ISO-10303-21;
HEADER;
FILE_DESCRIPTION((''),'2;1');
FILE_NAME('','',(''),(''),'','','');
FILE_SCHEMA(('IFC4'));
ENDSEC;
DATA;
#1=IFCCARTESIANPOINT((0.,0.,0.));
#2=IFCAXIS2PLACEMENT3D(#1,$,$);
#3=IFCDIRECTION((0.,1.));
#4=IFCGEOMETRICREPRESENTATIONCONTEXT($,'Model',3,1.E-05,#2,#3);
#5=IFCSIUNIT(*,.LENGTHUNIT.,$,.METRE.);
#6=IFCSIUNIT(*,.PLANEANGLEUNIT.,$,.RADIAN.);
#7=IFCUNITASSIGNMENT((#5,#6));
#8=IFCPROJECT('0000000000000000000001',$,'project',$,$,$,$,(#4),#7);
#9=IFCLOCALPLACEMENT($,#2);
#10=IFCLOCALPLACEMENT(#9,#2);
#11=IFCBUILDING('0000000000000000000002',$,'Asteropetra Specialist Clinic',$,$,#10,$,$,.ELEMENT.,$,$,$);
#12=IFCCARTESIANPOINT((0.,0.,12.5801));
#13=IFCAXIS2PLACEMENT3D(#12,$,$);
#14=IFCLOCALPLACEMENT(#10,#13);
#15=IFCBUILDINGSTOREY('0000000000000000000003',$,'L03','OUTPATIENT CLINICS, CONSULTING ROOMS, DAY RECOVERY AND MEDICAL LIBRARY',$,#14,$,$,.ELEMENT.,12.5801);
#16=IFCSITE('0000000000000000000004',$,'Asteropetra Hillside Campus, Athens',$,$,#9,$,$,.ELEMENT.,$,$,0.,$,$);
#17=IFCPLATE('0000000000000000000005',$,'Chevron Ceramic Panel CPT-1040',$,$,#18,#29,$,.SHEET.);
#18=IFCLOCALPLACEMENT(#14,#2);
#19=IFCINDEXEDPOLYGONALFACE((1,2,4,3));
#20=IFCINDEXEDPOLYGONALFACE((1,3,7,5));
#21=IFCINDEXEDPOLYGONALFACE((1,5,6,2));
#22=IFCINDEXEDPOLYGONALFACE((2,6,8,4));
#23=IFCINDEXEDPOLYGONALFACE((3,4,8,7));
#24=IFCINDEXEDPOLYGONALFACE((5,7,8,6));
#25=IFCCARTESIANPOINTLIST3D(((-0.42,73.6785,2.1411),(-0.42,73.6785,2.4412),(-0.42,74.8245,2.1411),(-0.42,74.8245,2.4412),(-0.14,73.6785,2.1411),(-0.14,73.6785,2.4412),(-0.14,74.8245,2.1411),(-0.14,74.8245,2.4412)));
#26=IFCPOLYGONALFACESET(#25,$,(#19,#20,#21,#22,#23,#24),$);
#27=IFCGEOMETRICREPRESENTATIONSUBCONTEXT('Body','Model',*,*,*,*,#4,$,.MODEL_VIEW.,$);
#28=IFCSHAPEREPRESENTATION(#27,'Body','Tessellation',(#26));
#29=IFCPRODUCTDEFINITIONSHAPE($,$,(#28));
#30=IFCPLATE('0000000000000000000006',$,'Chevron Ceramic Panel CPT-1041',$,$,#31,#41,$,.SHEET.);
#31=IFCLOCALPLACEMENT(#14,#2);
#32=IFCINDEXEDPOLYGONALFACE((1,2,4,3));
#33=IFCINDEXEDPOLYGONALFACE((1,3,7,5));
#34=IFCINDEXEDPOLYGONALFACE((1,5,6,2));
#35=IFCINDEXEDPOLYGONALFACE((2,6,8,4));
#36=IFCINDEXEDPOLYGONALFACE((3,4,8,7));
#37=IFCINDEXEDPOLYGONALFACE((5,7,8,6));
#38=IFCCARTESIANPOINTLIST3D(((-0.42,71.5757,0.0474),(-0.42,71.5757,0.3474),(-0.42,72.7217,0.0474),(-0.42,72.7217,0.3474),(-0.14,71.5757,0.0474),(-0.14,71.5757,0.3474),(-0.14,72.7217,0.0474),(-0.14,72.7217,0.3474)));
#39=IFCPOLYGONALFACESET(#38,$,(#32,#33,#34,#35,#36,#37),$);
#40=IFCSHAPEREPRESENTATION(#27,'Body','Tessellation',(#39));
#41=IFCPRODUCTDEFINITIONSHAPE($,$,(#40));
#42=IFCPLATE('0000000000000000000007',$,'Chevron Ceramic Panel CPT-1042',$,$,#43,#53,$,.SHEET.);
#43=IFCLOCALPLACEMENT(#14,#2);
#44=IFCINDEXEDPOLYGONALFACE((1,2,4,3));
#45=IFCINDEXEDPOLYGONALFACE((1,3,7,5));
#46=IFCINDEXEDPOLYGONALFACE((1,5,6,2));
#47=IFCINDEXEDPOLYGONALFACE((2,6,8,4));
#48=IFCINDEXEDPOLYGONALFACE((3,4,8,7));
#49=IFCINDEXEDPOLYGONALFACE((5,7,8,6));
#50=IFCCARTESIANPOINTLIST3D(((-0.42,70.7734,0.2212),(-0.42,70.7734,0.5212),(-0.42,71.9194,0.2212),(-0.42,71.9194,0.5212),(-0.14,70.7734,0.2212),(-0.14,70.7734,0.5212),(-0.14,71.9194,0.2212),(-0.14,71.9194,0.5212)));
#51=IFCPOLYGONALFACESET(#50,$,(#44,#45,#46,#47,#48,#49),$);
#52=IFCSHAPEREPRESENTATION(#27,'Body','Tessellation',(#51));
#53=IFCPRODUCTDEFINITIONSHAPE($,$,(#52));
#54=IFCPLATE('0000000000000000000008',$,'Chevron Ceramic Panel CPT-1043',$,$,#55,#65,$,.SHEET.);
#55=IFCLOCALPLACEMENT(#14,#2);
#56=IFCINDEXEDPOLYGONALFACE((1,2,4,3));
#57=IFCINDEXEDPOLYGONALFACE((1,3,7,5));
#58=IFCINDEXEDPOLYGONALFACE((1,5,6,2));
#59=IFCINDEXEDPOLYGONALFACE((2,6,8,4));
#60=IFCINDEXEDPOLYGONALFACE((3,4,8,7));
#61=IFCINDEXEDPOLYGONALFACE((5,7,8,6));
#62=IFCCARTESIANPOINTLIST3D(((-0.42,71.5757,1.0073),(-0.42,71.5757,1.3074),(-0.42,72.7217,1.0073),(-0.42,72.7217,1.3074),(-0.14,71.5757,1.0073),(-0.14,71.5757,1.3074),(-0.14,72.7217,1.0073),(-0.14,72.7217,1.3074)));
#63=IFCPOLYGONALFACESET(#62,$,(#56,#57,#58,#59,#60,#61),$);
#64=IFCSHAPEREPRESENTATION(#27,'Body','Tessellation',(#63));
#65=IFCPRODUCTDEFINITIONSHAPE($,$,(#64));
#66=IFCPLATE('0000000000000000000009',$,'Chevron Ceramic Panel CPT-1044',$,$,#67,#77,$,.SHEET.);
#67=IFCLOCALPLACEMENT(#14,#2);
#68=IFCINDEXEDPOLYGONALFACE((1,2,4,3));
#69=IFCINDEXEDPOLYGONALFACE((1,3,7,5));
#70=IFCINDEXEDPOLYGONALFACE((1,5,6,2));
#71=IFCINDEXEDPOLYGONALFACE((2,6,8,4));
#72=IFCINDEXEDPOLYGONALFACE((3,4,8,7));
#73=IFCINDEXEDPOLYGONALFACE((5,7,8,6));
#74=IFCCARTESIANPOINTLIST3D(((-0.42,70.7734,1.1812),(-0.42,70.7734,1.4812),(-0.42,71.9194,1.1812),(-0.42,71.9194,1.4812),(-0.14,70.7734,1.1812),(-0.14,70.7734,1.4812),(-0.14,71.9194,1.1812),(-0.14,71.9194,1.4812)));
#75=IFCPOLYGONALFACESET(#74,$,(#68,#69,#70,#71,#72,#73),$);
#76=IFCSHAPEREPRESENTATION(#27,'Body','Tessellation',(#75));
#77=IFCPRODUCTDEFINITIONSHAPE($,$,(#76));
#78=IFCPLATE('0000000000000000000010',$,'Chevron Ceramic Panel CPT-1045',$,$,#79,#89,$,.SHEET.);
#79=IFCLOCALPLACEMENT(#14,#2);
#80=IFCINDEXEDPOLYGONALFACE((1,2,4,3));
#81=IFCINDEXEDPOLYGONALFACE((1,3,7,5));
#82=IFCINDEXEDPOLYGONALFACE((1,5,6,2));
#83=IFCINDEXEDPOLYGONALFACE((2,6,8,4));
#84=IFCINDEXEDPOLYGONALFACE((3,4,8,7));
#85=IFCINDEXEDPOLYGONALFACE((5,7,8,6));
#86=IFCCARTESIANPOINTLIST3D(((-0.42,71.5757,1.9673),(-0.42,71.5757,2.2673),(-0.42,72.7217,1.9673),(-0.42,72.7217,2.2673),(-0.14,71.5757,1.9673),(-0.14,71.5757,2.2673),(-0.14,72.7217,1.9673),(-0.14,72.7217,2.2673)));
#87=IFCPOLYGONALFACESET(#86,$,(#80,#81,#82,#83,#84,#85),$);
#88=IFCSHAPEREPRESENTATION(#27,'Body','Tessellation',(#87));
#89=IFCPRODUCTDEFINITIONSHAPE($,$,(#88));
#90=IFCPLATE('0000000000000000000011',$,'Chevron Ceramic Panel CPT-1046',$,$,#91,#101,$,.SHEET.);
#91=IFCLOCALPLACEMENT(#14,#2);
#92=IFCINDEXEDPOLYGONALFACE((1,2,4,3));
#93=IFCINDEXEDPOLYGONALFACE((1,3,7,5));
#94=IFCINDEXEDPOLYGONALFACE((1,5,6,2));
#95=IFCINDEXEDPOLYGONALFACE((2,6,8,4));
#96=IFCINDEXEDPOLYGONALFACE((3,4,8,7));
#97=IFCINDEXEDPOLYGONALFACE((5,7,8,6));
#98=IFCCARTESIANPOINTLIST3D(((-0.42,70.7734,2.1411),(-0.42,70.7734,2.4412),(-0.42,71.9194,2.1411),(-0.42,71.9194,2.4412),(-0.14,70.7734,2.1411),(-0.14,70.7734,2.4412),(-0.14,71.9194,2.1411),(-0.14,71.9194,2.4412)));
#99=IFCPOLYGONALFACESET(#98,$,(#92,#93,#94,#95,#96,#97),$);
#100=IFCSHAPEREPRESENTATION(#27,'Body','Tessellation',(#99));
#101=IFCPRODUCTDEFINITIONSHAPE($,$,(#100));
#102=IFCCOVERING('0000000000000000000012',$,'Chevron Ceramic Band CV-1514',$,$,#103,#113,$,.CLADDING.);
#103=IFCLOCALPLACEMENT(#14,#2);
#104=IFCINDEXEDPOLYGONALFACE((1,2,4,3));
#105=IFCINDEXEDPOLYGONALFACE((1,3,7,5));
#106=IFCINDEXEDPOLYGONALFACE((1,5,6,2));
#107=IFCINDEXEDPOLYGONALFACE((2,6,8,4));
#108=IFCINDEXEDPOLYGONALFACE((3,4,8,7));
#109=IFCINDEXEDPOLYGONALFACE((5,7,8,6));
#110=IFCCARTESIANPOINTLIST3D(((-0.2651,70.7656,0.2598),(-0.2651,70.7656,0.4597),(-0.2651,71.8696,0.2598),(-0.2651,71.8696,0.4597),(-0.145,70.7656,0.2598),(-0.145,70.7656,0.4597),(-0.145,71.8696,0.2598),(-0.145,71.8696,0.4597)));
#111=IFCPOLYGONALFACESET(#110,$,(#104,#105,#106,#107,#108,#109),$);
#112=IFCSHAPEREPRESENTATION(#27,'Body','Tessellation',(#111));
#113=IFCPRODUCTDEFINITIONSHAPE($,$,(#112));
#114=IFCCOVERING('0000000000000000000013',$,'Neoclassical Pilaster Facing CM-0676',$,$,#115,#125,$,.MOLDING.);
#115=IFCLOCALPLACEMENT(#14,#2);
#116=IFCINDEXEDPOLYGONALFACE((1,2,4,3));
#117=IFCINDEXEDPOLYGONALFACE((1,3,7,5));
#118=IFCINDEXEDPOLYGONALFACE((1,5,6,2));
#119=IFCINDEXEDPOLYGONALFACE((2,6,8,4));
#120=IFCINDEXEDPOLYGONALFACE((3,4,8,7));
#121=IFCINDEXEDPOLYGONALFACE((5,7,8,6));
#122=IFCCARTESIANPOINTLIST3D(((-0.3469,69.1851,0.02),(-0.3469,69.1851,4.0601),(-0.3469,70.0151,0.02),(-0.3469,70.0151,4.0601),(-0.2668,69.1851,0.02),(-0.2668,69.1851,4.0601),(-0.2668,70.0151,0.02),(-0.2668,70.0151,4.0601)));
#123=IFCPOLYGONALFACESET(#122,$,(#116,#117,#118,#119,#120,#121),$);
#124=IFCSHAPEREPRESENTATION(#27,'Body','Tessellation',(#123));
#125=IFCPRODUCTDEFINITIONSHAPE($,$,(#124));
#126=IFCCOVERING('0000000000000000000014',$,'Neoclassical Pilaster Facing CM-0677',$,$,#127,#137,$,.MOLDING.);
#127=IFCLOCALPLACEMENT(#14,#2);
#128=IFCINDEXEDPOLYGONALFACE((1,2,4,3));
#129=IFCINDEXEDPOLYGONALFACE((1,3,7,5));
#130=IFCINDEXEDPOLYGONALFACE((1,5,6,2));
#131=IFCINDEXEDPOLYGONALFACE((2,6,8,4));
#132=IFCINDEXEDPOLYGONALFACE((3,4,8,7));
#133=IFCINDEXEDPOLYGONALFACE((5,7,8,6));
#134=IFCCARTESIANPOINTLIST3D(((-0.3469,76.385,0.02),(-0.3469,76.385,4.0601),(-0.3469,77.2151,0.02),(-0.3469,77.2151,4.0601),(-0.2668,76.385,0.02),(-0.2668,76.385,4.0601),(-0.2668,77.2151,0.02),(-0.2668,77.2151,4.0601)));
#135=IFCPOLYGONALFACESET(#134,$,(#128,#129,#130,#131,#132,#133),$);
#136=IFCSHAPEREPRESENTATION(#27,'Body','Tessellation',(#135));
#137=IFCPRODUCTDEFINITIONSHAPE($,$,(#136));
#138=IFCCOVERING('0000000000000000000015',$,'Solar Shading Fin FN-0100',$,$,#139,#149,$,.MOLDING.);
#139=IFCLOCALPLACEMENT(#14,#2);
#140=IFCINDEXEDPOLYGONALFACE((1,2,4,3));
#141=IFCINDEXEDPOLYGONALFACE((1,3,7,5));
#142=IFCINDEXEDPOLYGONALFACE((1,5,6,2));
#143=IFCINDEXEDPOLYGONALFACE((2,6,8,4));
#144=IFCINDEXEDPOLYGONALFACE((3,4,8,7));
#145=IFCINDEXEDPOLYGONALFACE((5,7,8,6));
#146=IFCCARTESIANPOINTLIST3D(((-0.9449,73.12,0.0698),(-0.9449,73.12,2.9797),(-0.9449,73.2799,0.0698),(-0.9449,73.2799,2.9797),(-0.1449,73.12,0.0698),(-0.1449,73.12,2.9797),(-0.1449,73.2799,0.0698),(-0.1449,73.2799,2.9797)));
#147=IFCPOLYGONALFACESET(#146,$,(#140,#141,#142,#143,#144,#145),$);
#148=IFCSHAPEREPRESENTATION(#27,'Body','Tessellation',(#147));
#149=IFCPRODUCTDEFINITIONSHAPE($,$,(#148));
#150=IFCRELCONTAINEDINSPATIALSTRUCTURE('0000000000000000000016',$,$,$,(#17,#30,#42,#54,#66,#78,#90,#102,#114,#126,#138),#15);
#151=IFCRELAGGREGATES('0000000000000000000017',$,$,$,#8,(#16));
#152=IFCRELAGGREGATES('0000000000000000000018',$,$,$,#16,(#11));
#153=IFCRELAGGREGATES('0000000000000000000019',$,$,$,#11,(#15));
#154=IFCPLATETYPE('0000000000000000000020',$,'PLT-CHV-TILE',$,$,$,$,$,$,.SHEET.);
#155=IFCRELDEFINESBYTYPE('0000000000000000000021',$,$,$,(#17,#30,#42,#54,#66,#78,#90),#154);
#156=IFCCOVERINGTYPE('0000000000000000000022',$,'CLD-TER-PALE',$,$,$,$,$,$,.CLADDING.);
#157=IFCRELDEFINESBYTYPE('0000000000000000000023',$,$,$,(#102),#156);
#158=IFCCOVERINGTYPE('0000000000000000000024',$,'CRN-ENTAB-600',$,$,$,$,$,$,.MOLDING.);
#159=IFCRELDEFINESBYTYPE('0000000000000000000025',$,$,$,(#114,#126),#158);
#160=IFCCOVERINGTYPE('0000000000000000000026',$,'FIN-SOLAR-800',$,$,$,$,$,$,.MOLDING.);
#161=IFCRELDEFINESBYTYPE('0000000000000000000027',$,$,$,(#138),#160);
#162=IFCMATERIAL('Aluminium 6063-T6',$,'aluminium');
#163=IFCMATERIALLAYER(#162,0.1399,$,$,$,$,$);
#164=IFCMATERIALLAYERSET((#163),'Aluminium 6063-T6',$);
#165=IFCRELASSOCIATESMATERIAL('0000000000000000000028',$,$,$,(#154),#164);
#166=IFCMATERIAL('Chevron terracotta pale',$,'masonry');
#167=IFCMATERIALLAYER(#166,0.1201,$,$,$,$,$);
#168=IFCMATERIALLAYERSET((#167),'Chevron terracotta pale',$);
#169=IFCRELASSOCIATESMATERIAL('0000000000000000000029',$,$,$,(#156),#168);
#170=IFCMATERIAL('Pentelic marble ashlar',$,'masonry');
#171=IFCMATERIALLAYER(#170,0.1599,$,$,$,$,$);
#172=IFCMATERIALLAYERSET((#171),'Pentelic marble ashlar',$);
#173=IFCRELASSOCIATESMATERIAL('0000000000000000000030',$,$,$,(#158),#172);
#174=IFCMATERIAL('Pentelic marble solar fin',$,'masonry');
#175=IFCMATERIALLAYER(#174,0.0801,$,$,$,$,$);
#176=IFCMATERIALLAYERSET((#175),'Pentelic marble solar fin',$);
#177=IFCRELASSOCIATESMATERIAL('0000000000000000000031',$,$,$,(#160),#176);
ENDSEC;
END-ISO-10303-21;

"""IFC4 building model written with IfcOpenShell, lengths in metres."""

from ifc_helpers import new_model, si_unit, direction, frame, origin, origin_2d, place, context, subcontext, project, spatial, rectangle, extrude, material, layer, layer_set, type_object, element, save


model = new_model("IFC4")

# Units and contexts
model_context = context("Model", 3, precision=1e-05, world=origin(), true_north=direction((0.0, 1.0)))
body_context = subcontext(model_context, "Body", "Model", "MODEL_VIEW")
ifc_project = project(units=[si_unit("LENGTHUNIT", "METRE"), si_unit("PLANEANGLEUNIT", "RADIAN")], contexts=[model_context])

# Site, building, storey
site_placement = place(None, origin())
site = spatial("IfcSite", under=ifc_project, at=site_placement, Name="Asteropetra Hillside Campus, Athens", CompositionType="ELEMENT", RefElevation=0.0)
building_placement = place(site_placement, origin())
building = spatial("IfcBuilding", under=site, at=building_placement, Name="Asteropetra Specialist Clinic", CompositionType="ELEMENT")
storey_placement = place(building_placement, frame((0.0, 0.0, 12.5801)))
storey = spatial("IfcBuildingStorey", under=building, at=storey_placement, Name="L03", Description="OUTPATIENT CLINICS, CONSULTING ROOMS, DAY RECOVERY AND MEDICAL LIBRARY", CompositionType="ELEMENT", Elevation=12.5801)

# Plates
ifc_material_1 = material(Name="Aluminium 6063-T6", Category="aluminium")
ifc_layer_1 = layer(ifc_material_1, 0.1399)
ifc_layer_set_1 = layer_set([ifc_layer_1], Name="Aluminium 6063-T6")
plate_type_1 = type_object("IfcPlateType", Name="PLT-CHV-TILE", PredefinedType="SHEET", material=ifc_layer_set_1)
for number, where, z_axis, x_axis, name in (
    (1, (-0.28, 74.2515, 2.1411), (0.0, 0.0, 1.0), (1.0, 0.0, 0.0), "Chevron Ceramic Panel CPT-1040"),
    (2, (-0.28, 72.1487, 0.0474), (0.0, 0.0, 1.0), (1.0, 0.0, 0.0), "Chevron Ceramic Panel CPT-1041"),
    (3, (-0.28, 71.3464, 0.2212), (0.0, 0.0, 1.0), (1.0, 0.0, 0.0), "Chevron Ceramic Panel CPT-1042"),
    (4, (-0.28, 72.1487, 1.0073), (0.0, 0.0, 1.0), (1.0, 0.0, 0.0), "Chevron Ceramic Panel CPT-1043"),
    (5, (-0.28, 71.3464, 1.1812), (0.0, 0.0, 1.0), (1.0, 0.0, 0.0), "Chevron Ceramic Panel CPT-1044"),
    (6, (-0.28, 72.1487, 1.9673), (0.0, 0.0, 1.0), (1.0, 0.0, 0.0), "Chevron Ceramic Panel CPT-1045"),
    (7, (-0.28, 71.3464, 2.1411), (0.0, 0.0, 1.0), (1.0, 0.0, 0.0), "Chevron Ceramic Panel CPT-1046"),
):
    element("IfcPlate", number, at=place(storey_placement, frame(where, z_axis=z_axis, x_axis=x_axis)), inside=storey, type_object=plate_type_1, Name=name, PredefinedType="SHEET", context=body_context, shape_type="SweptSolid", body=[
        extrude(rectangle(XDim=0.28, YDim=1.146, at=origin_2d()), origin(), (0.0, 0.0, 1.0), 0.3),
    ])

# Coverings
ifc_material_2 = material(Name="Chevron terracotta pale", Category="masonry")
ifc_layer_2 = layer(ifc_material_2, 0.1201)
ifc_layer_set_2 = layer_set([ifc_layer_2], Name="Chevron terracotta pale")
covering_type_1 = type_object("IfcCoveringType", Name="CLD-TER-PALE", PredefinedType="CLADDING", material=ifc_layer_set_2)
covering_1_placement = place(storey_placement, frame((-0.2051, 71.3176, 0.2598), z_axis=(0.0, 0.0, 1.0), x_axis=(1.0, 0.0, 0.0)))
element("IfcCovering", 8, at=covering_1_placement, inside=storey, type_object=covering_type_1, Name="Chevron Ceramic Band CV-1514", PredefinedType="CLADDING", context=body_context, shape_type="SweptSolid", body=[
    extrude(rectangle(XDim=0.1201, YDim=1.104, at=origin_2d()), origin(), (0.0, 0.0, 1.0), 0.2),
])
ifc_material_3 = material(Name="Pentelic marble ashlar", Category="masonry")
ifc_layer_3 = layer(ifc_material_3, 0.1599)
ifc_layer_set_3 = layer_set([ifc_layer_3], Name="Pentelic marble ashlar")
covering_type_2 = type_object("IfcCoveringType", Name="CRN-ENTAB-600", PredefinedType="MOLDING", material=ifc_layer_set_3)
for number, where, z_axis, x_axis, name in (
    (9, (-0.3069, 69.6001, 0.02), (0.0, 0.0, 1.0), (1.0, 0.0, 0.0), "Neoclassical Pilaster Facing CM-0676"),
    (10, (-0.3069, 76.8, 0.02), (0.0, 0.0, 1.0), (1.0, 0.0, 0.0), "Neoclassical Pilaster Facing CM-0677"),
):
    element("IfcCovering", number, at=place(storey_placement, frame(where, z_axis=z_axis, x_axis=x_axis)), inside=storey, type_object=covering_type_2, Name=name, PredefinedType="MOLDING", context=body_context, shape_type="SweptSolid", body=[
        extrude(rectangle(XDim=0.0801, YDim=0.8301, at=origin_2d()), origin(), (0.0, 0.0, 1.0), 4.04),
    ])
ifc_material_4 = material(Name="Pentelic marble solar fin", Category="masonry")
ifc_layer_4 = layer(ifc_material_4, 0.0801)
ifc_layer_set_4 = layer_set([ifc_layer_4], Name="Pentelic marble solar fin")
covering_type_3 = type_object("IfcCoveringType", Name="FIN-SOLAR-800", PredefinedType="MOLDING", material=ifc_layer_set_4)
covering_2_placement = place(storey_placement, frame((-0.5449, 73.2, 0.0698), z_axis=(0.0, 0.0, 1.0), x_axis=(1.0, 0.0, 0.0)))
element("IfcCovering", 11, at=covering_2_placement, inside=storey, type_object=covering_type_3, Name="Solar Shading Fin FN-0100", PredefinedType="MOLDING", context=body_context, shape_type="SweptSolid", body=[
    extrude(rectangle(XDim=0.8, YDim=0.1599, at=origin_2d()), origin(), (0.0, 0.0, 1.0), 2.9099),
])

save(model, "model.ifc")
